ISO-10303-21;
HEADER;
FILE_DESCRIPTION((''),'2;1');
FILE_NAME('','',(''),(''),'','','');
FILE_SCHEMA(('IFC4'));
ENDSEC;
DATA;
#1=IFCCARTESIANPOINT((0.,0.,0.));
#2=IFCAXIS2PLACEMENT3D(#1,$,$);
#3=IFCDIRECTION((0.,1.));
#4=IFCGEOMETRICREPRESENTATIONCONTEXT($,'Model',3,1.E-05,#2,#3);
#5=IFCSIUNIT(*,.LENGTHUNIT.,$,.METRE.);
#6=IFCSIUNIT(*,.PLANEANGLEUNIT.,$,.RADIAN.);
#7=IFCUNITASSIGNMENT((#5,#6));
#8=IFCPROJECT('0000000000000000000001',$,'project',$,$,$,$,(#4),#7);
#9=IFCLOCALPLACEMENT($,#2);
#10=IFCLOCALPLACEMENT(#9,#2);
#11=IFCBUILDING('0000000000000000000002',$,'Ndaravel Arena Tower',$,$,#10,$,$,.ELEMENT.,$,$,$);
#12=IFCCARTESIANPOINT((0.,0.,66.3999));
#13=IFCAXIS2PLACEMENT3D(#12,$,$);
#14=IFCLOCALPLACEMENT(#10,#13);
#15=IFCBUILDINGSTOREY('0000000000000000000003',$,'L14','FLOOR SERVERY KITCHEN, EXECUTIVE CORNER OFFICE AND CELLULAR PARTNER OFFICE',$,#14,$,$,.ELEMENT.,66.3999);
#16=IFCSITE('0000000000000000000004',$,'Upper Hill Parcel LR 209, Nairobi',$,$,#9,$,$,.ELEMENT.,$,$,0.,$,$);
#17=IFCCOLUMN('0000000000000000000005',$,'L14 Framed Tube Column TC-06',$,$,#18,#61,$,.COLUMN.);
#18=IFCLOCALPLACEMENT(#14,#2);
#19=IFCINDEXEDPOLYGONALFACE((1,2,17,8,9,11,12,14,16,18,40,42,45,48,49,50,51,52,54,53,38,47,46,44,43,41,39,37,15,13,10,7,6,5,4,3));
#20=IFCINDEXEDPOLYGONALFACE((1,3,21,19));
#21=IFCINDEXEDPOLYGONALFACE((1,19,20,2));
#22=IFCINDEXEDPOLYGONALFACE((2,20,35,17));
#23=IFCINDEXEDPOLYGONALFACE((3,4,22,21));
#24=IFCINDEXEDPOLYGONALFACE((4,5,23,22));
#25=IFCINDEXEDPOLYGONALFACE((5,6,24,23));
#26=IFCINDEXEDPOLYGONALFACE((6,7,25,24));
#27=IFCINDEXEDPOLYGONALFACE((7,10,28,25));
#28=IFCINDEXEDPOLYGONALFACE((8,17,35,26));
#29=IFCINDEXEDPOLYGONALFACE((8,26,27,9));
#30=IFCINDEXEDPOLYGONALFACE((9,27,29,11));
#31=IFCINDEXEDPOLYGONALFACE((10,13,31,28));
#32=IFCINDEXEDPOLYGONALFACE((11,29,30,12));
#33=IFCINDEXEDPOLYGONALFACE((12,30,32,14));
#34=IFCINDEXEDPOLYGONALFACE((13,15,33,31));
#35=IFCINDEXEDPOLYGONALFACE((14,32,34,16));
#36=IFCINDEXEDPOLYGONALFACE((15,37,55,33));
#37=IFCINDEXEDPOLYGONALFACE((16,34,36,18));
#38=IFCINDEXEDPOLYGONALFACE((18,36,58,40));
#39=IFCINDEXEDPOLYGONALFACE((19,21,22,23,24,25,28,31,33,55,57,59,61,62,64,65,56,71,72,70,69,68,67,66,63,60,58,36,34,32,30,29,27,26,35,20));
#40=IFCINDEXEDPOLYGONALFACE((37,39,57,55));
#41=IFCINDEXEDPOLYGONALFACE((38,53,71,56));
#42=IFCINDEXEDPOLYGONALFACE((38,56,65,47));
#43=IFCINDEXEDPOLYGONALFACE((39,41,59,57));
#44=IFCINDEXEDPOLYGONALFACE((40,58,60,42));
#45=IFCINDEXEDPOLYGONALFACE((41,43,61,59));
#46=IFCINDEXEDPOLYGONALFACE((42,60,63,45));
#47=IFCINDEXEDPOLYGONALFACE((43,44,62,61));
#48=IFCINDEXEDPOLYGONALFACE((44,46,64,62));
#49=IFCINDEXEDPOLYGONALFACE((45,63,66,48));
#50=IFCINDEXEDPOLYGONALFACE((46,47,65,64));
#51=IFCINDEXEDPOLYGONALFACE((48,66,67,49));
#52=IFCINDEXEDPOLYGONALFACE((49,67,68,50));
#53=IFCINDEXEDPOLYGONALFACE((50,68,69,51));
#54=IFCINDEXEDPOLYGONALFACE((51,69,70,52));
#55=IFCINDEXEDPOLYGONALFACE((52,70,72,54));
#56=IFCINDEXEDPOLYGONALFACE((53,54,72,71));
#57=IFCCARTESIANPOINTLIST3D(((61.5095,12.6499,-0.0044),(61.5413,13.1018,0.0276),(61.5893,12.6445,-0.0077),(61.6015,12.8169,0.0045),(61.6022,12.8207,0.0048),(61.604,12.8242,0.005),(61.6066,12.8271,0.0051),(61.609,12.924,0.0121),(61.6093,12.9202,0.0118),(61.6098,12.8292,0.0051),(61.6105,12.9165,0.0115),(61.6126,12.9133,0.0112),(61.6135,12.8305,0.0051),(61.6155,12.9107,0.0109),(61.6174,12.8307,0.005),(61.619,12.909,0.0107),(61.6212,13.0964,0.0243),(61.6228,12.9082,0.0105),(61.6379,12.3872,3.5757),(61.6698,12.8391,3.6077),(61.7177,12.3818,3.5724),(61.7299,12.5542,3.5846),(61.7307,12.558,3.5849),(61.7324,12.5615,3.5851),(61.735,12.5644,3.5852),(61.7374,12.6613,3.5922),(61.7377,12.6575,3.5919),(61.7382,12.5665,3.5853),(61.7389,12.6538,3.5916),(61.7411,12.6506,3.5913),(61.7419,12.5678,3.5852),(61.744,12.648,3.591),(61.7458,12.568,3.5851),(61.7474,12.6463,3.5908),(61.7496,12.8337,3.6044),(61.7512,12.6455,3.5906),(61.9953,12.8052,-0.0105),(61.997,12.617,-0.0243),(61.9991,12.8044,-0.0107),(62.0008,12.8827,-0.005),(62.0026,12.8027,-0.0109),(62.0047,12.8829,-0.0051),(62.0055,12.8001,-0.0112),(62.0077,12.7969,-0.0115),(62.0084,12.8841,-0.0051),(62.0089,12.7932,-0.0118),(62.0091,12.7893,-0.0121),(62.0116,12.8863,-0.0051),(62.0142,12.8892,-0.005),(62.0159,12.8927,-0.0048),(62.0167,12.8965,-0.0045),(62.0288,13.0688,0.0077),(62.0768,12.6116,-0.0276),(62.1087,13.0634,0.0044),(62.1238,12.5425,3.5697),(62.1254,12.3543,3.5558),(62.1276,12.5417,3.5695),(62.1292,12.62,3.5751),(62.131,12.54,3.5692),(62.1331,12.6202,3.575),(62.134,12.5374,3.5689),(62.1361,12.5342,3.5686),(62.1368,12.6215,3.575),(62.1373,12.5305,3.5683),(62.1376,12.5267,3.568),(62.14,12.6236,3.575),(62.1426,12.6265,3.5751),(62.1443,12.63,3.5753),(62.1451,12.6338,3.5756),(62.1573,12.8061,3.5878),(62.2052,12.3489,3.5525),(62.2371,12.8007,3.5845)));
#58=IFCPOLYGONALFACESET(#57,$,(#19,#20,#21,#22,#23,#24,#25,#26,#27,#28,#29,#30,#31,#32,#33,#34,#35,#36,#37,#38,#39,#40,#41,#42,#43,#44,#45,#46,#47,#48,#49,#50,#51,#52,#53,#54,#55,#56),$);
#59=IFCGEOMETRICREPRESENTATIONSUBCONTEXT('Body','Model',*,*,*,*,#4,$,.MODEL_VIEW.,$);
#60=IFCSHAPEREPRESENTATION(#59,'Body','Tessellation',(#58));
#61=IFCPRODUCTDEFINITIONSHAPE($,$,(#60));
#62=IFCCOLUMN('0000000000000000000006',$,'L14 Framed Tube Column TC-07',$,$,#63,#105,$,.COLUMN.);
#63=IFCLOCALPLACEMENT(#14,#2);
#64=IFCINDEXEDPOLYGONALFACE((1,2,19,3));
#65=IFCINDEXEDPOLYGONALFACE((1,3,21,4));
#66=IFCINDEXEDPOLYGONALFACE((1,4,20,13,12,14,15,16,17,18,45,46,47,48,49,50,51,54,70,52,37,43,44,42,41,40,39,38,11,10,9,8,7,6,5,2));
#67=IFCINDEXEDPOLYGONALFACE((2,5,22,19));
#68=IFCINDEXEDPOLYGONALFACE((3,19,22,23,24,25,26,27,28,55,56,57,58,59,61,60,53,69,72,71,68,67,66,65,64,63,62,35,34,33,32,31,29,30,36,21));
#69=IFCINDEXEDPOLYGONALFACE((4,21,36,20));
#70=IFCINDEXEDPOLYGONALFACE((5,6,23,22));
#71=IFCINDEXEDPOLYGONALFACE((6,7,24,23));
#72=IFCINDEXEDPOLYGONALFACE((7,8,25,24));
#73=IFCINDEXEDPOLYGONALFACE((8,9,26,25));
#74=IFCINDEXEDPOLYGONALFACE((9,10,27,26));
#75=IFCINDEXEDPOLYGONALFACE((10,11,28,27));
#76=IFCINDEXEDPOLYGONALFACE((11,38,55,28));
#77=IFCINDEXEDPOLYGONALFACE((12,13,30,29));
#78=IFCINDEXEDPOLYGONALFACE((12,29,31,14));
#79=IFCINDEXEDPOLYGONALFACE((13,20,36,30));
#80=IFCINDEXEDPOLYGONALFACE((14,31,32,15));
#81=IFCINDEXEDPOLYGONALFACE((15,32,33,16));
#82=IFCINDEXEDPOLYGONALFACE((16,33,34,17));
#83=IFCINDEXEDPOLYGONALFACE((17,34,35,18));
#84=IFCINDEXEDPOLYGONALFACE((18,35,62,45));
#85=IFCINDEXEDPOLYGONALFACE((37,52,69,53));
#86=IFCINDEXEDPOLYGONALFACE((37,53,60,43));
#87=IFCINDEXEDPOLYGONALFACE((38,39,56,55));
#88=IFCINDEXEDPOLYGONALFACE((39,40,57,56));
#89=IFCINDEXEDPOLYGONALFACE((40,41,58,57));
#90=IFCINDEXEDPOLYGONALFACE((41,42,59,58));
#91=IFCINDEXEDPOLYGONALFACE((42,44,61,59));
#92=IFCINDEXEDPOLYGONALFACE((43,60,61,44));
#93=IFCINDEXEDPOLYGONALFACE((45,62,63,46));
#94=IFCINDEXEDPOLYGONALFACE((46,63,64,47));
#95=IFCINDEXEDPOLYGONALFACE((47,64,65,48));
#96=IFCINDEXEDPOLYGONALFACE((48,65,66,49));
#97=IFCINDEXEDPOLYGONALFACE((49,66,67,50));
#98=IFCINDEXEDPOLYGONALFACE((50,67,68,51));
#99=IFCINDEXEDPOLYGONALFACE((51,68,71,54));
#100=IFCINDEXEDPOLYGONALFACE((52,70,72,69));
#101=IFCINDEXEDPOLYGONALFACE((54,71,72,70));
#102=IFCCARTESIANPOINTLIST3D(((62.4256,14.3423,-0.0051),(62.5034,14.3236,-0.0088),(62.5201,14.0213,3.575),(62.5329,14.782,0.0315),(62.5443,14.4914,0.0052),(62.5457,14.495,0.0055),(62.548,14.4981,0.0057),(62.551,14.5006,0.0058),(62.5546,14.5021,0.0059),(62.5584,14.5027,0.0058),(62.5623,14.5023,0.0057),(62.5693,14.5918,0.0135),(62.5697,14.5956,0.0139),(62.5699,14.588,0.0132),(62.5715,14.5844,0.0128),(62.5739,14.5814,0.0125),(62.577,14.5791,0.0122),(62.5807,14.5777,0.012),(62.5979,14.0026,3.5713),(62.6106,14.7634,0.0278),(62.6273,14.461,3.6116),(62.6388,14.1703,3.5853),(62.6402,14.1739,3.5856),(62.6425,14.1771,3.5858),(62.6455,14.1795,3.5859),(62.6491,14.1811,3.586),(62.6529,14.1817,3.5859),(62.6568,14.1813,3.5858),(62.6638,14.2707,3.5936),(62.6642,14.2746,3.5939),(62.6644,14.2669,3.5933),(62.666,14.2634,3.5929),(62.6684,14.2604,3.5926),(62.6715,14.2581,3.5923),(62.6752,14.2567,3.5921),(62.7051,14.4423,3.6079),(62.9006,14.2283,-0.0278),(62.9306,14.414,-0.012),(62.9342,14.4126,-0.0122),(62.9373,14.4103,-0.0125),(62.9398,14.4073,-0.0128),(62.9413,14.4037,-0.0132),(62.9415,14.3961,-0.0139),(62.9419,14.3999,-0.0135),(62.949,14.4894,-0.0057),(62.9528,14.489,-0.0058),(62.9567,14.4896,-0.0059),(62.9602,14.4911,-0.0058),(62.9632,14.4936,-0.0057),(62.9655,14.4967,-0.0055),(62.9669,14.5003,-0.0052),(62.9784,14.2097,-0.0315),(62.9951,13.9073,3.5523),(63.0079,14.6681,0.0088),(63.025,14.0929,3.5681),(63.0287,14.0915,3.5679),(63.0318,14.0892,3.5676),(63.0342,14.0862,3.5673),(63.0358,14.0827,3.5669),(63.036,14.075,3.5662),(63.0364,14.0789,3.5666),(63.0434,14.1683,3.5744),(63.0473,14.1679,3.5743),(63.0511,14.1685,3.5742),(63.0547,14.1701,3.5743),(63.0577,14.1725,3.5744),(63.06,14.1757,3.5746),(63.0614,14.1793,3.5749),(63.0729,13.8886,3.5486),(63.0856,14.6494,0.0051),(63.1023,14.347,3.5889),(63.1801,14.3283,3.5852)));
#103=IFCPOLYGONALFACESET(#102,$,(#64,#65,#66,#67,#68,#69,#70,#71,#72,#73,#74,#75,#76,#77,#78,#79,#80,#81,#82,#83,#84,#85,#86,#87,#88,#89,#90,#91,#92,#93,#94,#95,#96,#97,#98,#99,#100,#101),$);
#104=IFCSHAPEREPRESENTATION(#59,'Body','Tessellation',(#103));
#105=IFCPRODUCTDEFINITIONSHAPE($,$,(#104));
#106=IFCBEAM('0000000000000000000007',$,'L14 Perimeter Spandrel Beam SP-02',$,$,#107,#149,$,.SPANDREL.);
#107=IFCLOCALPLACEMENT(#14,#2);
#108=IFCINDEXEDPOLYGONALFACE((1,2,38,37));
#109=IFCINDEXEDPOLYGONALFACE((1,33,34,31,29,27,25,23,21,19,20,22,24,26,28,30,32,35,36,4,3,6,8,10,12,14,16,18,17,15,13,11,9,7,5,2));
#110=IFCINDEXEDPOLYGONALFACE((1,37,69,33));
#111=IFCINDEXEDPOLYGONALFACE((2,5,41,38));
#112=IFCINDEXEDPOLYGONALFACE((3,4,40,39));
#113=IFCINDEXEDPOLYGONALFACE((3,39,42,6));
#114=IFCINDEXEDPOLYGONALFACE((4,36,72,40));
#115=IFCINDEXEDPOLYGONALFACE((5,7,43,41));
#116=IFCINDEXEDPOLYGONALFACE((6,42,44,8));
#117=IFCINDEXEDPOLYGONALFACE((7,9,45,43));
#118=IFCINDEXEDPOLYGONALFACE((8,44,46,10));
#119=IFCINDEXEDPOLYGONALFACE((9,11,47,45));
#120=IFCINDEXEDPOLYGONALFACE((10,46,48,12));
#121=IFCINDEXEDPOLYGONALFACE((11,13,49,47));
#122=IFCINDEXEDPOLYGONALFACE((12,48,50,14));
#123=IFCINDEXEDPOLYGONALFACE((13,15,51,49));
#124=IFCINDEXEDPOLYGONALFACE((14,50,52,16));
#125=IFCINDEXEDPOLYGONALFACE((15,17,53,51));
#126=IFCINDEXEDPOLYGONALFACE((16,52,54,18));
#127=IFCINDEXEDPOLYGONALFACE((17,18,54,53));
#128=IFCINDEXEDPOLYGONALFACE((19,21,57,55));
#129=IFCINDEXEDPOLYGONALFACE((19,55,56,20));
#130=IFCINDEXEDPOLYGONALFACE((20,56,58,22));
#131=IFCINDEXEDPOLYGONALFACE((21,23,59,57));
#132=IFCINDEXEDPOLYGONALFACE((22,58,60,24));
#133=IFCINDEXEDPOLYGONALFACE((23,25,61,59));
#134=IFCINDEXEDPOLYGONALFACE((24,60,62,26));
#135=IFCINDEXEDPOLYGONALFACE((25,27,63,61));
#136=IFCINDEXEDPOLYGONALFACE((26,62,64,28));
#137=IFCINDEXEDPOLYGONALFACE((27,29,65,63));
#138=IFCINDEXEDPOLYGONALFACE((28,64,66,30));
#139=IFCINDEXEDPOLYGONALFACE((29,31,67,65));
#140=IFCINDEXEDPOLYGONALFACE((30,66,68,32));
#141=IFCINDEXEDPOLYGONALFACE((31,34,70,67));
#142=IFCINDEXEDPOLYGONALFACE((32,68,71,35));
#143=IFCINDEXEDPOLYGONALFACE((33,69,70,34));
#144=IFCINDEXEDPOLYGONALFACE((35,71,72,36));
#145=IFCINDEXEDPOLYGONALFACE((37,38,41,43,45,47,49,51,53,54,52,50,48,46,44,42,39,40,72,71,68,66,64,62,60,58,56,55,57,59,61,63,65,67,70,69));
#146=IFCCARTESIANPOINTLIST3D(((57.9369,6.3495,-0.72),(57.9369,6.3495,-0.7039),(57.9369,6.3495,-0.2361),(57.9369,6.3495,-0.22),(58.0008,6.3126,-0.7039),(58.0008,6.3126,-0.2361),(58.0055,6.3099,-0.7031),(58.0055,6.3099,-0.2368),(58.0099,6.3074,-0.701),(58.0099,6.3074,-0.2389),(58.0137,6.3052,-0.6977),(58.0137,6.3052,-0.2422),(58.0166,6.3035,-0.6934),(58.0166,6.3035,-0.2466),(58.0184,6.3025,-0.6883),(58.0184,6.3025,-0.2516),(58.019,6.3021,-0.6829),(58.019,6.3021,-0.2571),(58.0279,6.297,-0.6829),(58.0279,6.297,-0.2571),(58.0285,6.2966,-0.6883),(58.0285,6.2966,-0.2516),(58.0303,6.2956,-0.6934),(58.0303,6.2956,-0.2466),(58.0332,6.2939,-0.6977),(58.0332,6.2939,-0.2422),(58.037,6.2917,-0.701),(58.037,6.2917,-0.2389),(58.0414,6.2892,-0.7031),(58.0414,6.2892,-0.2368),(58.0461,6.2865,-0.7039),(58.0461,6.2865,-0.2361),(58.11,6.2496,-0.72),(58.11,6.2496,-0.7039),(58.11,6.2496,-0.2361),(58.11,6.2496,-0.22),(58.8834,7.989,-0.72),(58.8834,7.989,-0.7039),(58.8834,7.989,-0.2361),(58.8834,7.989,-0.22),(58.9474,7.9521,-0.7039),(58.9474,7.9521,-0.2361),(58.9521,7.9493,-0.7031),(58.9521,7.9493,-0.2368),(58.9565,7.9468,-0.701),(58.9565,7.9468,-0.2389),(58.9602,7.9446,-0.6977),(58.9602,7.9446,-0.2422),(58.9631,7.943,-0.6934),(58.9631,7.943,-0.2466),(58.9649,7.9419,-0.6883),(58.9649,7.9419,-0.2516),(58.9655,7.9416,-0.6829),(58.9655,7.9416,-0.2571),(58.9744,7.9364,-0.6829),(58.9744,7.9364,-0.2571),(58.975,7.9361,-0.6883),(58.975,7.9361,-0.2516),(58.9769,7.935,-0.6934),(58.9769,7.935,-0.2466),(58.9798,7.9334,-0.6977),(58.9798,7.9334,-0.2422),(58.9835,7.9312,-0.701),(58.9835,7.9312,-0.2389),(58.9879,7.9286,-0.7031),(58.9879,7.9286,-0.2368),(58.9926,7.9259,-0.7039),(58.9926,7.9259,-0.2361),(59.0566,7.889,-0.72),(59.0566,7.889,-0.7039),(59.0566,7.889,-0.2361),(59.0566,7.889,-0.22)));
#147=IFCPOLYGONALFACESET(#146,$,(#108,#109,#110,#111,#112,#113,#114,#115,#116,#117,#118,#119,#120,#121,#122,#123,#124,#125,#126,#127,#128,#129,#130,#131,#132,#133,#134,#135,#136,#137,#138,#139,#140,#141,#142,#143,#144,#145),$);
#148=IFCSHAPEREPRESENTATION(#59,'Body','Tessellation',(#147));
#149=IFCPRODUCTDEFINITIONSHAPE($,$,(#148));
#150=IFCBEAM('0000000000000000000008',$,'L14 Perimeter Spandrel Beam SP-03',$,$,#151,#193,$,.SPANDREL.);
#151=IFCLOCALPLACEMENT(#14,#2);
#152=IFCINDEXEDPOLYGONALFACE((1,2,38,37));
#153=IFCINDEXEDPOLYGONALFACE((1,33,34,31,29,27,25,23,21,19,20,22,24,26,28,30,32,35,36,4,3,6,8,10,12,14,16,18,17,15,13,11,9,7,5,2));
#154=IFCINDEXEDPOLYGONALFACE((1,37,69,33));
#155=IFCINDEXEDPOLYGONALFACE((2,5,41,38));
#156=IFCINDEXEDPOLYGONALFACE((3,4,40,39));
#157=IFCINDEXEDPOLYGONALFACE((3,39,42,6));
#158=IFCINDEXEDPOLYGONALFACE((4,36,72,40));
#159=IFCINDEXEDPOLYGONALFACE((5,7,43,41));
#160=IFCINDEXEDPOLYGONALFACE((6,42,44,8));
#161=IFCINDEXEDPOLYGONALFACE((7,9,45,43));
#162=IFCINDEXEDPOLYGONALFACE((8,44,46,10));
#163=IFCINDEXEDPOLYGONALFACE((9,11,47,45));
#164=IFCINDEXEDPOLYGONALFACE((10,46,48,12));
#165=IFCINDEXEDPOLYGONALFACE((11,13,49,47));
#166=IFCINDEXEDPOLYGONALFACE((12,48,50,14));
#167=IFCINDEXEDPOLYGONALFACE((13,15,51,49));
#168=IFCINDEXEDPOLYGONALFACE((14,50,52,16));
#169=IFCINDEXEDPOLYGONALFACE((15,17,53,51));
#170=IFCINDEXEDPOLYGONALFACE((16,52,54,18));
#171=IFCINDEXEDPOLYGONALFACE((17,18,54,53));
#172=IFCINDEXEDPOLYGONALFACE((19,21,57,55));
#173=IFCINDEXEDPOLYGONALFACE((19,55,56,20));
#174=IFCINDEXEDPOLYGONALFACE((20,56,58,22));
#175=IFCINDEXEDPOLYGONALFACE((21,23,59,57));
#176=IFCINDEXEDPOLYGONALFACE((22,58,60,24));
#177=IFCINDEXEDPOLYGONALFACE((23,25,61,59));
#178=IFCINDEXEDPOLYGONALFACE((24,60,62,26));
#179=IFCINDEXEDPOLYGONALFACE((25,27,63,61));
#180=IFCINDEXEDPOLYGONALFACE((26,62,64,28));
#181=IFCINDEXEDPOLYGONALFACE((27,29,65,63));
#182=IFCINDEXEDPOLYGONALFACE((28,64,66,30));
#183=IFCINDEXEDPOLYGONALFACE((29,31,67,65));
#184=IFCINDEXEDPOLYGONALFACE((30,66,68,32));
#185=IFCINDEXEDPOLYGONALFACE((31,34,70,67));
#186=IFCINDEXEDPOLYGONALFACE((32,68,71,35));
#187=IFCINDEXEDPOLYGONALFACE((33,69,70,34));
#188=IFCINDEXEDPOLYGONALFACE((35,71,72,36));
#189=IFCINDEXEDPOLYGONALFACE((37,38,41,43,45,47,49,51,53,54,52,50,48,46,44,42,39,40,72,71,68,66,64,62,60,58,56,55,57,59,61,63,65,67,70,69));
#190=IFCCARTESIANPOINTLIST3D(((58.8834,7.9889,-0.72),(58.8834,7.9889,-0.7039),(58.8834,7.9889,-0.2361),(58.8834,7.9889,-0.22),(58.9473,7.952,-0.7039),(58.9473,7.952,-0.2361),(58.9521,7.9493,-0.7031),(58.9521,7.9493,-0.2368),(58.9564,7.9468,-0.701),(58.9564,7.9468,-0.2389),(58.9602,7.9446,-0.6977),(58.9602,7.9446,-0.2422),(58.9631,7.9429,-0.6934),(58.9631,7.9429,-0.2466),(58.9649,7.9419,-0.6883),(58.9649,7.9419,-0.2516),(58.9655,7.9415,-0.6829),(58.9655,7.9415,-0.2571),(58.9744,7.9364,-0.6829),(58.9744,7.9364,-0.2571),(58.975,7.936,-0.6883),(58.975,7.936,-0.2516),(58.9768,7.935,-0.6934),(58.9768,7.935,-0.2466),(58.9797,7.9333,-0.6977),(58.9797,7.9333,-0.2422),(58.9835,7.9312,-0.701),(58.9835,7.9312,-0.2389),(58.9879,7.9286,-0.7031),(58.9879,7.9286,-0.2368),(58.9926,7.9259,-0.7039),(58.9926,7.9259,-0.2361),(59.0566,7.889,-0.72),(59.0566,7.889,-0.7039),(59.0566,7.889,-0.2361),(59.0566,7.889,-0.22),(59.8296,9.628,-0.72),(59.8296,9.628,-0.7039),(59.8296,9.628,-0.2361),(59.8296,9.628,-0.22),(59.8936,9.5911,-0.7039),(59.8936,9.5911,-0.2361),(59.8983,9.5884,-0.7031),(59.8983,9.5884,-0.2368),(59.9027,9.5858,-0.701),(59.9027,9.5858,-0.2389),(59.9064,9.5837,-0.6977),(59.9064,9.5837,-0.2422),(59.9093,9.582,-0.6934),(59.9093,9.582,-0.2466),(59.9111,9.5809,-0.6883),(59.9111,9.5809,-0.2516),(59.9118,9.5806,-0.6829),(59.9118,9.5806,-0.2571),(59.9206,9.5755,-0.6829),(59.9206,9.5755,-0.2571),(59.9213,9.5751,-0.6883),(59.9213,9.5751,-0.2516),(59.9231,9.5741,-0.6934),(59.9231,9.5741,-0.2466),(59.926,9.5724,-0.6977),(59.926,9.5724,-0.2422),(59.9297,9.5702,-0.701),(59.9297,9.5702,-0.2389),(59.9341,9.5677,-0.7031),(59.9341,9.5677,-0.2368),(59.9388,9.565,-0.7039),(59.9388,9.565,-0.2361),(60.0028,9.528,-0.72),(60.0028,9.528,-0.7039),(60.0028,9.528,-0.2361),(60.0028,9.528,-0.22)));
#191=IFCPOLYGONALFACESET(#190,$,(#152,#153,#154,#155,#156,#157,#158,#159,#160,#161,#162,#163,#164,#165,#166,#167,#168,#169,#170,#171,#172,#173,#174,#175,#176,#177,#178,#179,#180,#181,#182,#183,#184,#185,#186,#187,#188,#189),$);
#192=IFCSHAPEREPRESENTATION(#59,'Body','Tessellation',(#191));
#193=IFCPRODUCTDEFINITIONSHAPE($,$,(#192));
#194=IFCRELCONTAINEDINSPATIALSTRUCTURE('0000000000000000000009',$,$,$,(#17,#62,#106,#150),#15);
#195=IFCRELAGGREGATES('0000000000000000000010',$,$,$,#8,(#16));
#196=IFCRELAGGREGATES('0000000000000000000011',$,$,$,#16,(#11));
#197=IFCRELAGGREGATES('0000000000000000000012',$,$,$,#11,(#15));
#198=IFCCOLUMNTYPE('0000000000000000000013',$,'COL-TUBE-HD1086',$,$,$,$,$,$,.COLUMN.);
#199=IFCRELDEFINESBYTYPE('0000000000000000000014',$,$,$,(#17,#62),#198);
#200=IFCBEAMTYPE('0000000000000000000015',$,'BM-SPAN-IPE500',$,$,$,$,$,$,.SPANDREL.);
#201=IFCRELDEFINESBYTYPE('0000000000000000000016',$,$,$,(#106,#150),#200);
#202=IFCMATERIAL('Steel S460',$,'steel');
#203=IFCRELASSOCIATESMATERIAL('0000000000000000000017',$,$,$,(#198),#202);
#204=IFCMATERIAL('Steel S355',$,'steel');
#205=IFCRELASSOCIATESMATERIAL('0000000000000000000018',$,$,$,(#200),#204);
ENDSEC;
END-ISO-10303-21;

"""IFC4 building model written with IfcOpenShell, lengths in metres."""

from ifc_helpers import new_model, si_unit, direction, frame, origin, origin_2d, place, context, subcontext, project, spatial, i_section, extrude, material, material_profile, profile_set, type_object, element, save


model = new_model("IFC4")

# Units and contexts
model_context = context("Model", 3, precision=1e-05, world=origin(), true_north=direction((0.0, 1.0)))
body_context = subcontext(model_context, "Body", "Model", "MODEL_VIEW")
ifc_project = project(units=[si_unit("LENGTHUNIT", "METRE"), si_unit("PLANEANGLEUNIT", "RADIAN")], contexts=[model_context])

# Site, building, storey
site_placement = place(None, origin())
site = spatial("IfcSite", under=ifc_project, at=site_placement, Name="Upper Hill Parcel LR 209, Nairobi", CompositionType="ELEMENT", RefElevation=0.0)
building_placement = place(site_placement, origin())
building = spatial("IfcBuilding", under=site, at=building_placement, Name="Ndaravel Arena Tower", CompositionType="ELEMENT")
storey_placement = place(building_placement, frame((0.0, 0.0, 66.3999)))
storey = spatial("IfcBuildingStorey", under=building, at=storey_placement, Name="L14", Description="FLOOR SERVERY KITCHEN, EXECUTIVE CORNER OFFICE AND CELLULAR PARTNER OFFICE", CompositionType="ELEMENT", Elevation=66.3999)

# Columns
ifc_material_1 = material(Name="Steel S460", Category="steel")
ifc_material_profile_1 = material_profile(ifc_material_1, i_section(OverallWidth=0.4541, OverallDepth=0.5691, WebThickness=0.0779, FlangeThickness=0.0801, FilletRadius=0.0149, at=origin_2d()), Name="HD 400x1086")
ifc_profile_set_1 = profile_set([ifc_material_profile_1], Name="Steel S460")
column_type = type_object("IfcColumnType", Name="COL-TUBE-HD1086", PredefinedType="COLUMN", material=ifc_profile_set_1)
column_1_placement = place(storey_placement, frame((61.8091, 12.8567, 0.0), z_axis=(0.035751, -0.073133, 0.996681), x_axis=(0.070121, 0.995044, 0.070498)))
element("IfcColumn", 1, at=column_1_placement, inside=storey, type_object=column_type, Name="L14 Framed Tube Column TC-06", PredefinedType="COLUMN", context=body_context, shape_type="SweptSolid", body=[
    extrude(i_section(OverallWidth=0.4541, OverallDepth=0.5691, WebThickness=0.0779, FlangeThickness=0.0801, FilletRadius=0.0149, at=origin_2d()), origin(), (0.0, 0.0, 1.0), 3.592),
])
column_2_placement = place(storey_placement, frame((62.7556, 14.4958, 0.0), z_axis=(0.026277, -0.089286, 0.995659), x_axis=(0.236221, 0.968351, 0.080603)))
element("IfcColumn", 2, at=column_2_placement, inside=storey, type_object=column_type, Name="L14 Framed Tube Column TC-07", PredefinedType="COLUMN", context=body_context, shape_type="SweptSolid", body=[
    extrude(i_section(OverallWidth=0.4541, OverallDepth=0.5691, WebThickness=0.0779, FlangeThickness=0.0801, FilletRadius=0.0149, at=origin_2d()), origin(), (0.0, 0.0, 1.0), 3.5957),
])

# Beams
ifc_material_2 = material(Name="Steel S355", Category="steel")
ifc_material_profile_2 = material_profile(ifc_material_2, i_section(OverallWidth=0.2, OverallDepth=0.5, WebThickness=0.0103, FlangeThickness=0.0161, FilletRadius=0.021, at=origin_2d()), Name="IPE 500")
ifc_profile_set_2 = profile_set([ifc_material_profile_2], Name="Steel S355")
beam_type = type_object("IfcBeamType", Name="BM-SPAN-IPE500", PredefinedType="SPANDREL", material=ifc_profile_set_2)
beam_1_placement = place(storey_placement, frame((58.0234, 6.2996, -0.47), z_axis=(0.500009, 0.86602, 0.0), x_axis=(-0.86602, 0.500009, 0.0)))
element("IfcBeam", 3, at=beam_1_placement, inside=storey, type_object=beam_type, Name="L14 Perimeter Spandrel Beam SP-02", PredefinedType="SPANDREL", context=body_context, shape_type="SweptSolid", body=[
    extrude(i_section(OverallWidth=0.2, OverallDepth=0.5, WebThickness=0.0103, FlangeThickness=0.0161, FilletRadius=0.021, at=origin_2d()), origin(), (0.0, 0.0, 1.0), 1.8931),
])
beam_2_placement = place(storey_placement, frame((58.97, 7.939, -0.47), z_axis=(0.499968, 0.866044, 0.0), x_axis=(-0.866044, 0.499968, 0.0)))
element("IfcBeam", 4, at=beam_2_placement, inside=storey, type_object=beam_type, Name="L14 Perimeter Spandrel Beam SP-03", PredefinedType="SPANDREL", context=body_context, shape_type="SweptSolid", body=[
    extrude(i_section(OverallWidth=0.2, OverallDepth=0.5, WebThickness=0.0103, FlangeThickness=0.0161, FilletRadius=0.021, at=origin_2d()), origin(), (0.0, 0.0, 1.0), 1.8926),
])

save(model, "model.ifc")
